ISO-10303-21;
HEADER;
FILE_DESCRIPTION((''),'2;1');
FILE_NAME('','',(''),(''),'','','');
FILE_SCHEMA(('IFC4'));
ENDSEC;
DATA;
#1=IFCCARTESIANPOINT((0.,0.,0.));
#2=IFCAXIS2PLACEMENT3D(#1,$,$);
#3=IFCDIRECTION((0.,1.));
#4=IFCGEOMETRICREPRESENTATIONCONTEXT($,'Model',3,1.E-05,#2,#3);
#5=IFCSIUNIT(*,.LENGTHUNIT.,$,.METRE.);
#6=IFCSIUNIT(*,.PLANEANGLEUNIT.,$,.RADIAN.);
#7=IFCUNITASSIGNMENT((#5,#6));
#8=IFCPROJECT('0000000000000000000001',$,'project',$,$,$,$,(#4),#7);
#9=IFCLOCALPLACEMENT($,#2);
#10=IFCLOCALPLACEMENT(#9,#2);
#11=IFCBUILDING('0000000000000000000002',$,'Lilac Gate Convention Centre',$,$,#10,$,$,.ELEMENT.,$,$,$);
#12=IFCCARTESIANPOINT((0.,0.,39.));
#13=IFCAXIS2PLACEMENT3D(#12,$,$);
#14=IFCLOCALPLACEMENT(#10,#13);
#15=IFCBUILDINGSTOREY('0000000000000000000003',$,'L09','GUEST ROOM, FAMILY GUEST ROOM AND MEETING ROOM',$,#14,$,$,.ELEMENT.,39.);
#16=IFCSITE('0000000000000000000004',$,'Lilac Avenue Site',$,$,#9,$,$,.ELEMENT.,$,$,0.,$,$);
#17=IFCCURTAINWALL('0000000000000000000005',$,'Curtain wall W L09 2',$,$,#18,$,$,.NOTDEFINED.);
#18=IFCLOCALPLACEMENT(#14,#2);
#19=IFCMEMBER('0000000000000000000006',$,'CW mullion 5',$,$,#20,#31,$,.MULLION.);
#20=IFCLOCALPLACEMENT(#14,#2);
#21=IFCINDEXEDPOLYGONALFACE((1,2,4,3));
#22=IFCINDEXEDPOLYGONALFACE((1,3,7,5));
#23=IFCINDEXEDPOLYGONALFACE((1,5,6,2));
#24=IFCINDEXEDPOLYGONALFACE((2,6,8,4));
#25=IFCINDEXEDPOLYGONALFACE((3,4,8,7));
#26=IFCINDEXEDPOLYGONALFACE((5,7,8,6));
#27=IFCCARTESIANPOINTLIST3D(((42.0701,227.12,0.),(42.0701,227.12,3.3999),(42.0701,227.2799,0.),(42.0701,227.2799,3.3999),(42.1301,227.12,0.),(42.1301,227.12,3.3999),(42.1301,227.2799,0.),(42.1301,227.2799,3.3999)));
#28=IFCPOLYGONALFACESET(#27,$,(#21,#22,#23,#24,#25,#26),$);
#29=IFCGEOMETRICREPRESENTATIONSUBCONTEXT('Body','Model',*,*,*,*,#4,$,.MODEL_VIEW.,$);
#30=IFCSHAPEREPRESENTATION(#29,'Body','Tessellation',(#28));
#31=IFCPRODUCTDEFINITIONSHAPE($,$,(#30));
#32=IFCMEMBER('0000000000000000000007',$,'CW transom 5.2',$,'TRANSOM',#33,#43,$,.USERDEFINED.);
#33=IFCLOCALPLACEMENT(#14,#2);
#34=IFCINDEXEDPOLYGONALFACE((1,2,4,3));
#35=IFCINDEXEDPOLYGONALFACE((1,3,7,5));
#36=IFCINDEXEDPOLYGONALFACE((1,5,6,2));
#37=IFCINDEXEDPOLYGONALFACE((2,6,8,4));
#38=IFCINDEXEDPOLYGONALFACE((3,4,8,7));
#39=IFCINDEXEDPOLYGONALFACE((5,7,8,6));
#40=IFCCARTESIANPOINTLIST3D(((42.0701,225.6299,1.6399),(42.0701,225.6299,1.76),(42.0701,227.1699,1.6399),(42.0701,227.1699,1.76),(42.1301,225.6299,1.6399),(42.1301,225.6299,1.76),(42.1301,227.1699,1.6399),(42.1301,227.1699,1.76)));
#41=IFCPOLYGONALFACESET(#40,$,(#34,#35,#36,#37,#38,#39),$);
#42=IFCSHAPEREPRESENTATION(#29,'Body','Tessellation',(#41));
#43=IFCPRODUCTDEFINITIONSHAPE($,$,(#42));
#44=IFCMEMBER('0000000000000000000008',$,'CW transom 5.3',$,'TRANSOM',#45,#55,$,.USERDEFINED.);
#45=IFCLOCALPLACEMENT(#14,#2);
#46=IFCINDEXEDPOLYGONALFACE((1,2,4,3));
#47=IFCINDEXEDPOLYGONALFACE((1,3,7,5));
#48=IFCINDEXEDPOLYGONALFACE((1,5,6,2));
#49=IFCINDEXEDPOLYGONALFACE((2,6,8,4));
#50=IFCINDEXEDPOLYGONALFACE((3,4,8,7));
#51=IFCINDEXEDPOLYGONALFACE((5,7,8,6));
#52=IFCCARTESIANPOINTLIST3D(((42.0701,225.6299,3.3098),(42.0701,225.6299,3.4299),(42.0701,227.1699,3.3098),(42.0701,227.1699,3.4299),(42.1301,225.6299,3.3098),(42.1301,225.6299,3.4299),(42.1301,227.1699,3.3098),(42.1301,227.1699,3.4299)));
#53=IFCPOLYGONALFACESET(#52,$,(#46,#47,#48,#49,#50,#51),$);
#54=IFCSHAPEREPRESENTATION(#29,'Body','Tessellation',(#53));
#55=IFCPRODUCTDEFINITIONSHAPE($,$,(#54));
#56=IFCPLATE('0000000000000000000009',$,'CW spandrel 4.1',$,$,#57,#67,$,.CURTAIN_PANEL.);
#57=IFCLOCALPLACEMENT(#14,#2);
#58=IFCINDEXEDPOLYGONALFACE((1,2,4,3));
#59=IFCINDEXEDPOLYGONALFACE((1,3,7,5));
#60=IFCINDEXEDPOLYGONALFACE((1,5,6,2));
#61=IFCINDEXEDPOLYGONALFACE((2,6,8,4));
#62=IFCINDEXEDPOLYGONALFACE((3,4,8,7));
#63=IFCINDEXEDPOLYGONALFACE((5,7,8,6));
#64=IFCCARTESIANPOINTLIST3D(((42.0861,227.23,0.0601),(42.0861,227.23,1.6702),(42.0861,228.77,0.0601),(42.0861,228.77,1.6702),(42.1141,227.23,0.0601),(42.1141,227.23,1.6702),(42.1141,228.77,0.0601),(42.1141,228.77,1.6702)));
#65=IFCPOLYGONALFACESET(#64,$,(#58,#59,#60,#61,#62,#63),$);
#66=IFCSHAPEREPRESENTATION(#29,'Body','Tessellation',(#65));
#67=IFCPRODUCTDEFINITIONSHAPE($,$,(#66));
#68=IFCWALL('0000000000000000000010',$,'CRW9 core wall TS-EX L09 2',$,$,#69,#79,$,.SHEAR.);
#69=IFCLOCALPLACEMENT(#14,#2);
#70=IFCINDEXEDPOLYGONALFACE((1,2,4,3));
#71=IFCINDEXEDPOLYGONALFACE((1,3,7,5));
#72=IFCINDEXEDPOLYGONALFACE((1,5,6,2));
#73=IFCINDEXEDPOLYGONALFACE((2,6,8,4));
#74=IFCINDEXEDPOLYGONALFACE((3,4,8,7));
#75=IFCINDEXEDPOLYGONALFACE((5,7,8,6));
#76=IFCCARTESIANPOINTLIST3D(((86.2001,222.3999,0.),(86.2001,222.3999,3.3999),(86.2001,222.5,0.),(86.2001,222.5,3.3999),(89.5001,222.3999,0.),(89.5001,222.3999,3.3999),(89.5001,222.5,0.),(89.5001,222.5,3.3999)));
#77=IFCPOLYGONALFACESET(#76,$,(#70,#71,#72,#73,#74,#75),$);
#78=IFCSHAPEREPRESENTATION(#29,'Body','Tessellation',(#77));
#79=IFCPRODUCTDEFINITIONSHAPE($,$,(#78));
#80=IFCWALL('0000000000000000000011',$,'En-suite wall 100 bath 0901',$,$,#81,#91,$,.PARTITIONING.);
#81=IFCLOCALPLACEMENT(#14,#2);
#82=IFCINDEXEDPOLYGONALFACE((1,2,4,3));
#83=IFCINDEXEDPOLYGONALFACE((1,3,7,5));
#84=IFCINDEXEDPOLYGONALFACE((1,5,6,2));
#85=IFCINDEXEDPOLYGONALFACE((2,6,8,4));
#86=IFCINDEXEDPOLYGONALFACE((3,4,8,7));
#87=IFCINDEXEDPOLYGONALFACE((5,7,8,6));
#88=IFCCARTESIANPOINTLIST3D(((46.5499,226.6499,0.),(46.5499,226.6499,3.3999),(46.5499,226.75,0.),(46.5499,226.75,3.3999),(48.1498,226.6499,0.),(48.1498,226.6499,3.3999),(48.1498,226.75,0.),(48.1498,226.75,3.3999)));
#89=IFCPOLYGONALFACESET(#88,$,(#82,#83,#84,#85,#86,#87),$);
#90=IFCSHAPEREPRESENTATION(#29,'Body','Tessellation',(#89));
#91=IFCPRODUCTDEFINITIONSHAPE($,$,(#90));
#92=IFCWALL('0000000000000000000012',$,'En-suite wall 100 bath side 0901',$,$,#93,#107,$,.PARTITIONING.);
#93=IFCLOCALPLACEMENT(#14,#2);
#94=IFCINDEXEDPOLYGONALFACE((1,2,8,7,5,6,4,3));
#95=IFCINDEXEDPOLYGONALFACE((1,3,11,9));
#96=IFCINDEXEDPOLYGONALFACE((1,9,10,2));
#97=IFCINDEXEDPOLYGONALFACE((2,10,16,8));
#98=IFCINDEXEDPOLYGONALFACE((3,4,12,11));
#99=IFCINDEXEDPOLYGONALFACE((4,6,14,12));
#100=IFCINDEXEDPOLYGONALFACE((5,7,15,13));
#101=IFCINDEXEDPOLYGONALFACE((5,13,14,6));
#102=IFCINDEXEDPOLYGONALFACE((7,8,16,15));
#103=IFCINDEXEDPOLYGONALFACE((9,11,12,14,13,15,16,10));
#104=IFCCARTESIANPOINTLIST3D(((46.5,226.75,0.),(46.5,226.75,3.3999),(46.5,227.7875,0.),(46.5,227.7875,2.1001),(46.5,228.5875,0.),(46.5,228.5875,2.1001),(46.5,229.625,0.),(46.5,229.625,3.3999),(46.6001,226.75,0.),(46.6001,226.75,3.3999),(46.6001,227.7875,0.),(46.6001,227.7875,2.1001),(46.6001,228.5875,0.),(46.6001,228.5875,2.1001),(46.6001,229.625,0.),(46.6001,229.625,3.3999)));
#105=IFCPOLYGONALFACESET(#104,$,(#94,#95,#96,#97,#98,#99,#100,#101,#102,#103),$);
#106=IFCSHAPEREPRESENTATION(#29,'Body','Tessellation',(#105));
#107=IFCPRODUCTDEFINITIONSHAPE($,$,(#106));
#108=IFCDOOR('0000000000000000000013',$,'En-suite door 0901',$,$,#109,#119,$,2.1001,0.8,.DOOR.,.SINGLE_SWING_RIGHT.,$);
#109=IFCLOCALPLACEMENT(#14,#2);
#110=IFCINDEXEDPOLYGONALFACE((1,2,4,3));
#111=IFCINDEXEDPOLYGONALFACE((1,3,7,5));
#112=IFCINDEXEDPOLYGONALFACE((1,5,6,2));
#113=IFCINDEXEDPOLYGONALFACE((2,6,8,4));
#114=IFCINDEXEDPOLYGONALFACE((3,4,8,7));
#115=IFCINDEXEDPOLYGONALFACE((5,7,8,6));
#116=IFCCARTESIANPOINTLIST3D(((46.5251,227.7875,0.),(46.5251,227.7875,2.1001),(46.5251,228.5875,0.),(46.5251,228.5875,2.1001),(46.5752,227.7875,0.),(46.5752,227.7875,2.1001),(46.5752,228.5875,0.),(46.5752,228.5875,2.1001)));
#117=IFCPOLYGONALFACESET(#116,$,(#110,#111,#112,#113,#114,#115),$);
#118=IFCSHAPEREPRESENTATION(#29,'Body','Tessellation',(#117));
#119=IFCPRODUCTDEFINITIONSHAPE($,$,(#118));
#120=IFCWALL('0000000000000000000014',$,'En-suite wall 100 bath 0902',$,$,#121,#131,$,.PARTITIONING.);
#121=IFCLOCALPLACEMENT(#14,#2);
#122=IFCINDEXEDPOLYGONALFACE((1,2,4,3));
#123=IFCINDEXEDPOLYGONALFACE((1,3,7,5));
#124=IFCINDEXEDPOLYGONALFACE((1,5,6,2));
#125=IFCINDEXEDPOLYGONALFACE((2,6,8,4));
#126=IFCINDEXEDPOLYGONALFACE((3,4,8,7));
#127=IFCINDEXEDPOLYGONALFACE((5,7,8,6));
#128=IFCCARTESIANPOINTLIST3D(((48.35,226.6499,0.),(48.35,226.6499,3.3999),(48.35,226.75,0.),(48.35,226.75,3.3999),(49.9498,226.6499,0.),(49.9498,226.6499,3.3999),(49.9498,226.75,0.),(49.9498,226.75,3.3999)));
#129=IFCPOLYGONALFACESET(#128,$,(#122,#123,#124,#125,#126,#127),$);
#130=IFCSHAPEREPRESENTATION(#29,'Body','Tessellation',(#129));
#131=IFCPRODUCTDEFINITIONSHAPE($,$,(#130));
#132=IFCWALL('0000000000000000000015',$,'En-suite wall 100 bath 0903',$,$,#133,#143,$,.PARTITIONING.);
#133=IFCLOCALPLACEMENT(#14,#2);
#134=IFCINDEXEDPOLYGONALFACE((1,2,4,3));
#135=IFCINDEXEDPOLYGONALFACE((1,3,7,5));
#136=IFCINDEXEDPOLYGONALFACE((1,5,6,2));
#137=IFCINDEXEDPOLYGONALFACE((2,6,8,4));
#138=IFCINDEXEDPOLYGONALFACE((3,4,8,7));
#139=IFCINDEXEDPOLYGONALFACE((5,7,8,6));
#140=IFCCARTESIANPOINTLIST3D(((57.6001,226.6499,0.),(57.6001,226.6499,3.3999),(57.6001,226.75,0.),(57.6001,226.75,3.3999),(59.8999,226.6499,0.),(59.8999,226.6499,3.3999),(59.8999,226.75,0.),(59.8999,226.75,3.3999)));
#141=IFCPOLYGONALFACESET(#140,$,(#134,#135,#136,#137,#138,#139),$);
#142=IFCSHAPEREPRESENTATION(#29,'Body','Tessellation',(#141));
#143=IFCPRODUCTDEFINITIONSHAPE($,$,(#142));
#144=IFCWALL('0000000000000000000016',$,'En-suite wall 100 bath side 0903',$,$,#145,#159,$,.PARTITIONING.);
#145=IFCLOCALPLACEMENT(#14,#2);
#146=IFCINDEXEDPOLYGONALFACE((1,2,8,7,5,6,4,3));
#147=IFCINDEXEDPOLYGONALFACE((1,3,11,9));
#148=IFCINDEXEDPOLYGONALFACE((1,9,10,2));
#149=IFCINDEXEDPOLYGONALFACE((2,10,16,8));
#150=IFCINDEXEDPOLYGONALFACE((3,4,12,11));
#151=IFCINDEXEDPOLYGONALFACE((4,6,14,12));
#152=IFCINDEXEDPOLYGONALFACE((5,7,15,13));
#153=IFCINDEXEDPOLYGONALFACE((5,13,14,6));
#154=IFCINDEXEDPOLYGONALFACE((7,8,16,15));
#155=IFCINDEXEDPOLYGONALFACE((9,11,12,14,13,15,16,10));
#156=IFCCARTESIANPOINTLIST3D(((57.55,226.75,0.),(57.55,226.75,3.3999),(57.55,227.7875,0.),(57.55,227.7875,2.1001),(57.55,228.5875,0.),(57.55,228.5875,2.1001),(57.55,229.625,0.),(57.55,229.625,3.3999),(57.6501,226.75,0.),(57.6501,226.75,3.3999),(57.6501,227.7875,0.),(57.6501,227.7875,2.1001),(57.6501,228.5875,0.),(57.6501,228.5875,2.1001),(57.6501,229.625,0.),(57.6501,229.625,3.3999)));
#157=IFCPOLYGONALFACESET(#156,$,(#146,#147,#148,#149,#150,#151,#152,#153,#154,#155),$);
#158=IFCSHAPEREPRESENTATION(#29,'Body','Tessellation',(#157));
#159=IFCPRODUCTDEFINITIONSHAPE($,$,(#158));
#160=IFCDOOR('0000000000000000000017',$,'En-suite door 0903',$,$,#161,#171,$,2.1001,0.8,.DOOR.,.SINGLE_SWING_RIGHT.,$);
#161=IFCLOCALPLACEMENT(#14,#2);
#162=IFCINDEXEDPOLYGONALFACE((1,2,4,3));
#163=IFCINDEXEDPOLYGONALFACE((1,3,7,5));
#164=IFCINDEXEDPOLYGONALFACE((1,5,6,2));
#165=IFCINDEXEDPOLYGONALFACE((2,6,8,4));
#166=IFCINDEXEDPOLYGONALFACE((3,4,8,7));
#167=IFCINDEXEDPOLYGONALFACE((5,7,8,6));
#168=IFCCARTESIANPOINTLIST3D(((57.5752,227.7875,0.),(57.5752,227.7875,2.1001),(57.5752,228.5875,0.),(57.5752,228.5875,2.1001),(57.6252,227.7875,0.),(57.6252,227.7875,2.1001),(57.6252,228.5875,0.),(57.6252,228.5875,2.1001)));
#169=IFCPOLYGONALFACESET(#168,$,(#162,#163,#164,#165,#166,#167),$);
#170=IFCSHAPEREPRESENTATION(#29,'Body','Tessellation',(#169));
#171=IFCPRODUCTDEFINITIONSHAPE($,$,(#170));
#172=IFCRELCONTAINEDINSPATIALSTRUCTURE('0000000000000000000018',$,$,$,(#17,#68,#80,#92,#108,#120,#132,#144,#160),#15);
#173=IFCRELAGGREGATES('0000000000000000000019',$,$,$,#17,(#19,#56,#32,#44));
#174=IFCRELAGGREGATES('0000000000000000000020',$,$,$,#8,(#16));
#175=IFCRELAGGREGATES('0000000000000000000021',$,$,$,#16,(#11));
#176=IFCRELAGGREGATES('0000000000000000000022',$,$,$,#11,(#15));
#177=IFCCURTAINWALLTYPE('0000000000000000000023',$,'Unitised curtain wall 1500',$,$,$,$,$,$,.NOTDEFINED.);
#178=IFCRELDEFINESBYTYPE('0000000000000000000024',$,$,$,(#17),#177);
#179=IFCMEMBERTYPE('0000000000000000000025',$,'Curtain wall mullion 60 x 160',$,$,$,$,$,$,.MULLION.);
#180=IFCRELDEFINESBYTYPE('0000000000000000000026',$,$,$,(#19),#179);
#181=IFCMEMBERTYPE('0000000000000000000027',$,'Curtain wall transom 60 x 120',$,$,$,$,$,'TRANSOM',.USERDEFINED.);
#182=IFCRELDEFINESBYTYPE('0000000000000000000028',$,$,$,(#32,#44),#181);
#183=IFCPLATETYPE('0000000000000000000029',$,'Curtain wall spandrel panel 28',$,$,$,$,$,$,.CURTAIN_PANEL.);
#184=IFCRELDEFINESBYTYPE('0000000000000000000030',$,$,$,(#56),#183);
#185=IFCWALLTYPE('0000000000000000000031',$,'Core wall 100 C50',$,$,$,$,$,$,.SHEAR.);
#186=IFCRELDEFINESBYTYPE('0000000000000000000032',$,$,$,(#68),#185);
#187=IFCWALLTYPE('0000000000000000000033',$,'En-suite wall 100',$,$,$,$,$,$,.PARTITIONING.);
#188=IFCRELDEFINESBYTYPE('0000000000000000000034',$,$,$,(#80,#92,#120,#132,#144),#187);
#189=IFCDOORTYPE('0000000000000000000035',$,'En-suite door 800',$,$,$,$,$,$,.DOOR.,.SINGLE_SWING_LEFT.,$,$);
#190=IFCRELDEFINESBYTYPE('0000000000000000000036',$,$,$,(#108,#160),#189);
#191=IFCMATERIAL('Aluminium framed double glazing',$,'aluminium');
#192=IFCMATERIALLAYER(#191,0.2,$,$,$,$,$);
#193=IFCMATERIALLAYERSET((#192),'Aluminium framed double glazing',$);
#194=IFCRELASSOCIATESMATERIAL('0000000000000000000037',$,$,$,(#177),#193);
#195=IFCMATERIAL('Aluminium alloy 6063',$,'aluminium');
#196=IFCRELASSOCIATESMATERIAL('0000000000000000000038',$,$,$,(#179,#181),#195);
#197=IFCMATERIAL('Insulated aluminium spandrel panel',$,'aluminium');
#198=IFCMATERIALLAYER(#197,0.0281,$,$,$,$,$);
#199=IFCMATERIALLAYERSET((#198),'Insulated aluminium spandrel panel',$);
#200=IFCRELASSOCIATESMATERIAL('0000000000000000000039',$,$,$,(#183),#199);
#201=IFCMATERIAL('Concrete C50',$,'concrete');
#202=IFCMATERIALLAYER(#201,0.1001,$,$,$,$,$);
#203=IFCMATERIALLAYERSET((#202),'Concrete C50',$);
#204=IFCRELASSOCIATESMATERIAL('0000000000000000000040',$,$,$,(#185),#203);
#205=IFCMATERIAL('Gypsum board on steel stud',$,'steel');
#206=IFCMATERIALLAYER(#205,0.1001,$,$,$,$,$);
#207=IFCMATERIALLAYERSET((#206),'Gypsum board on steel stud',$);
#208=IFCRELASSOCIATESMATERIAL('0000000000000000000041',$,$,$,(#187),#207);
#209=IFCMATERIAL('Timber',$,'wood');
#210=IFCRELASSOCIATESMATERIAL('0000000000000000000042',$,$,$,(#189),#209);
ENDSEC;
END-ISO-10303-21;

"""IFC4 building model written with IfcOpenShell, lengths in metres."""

from ifc_helpers import new_model, si_unit, direction, frame, frame_2d, origin, origin_2d, place, context, subcontext, project, spatial, rectangle, extrude, material, layer, layer_set, material_profile, profile_set, type_object, element, fill, aggregate, save


model = new_model("IFC4")

# Units and contexts
model_context = context("Model", 3, precision=1e-05, world=origin(), true_north=direction((0.0, 1.0)))
body_context = subcontext(model_context, "Body", "Model", "MODEL_VIEW")
ifc_project = project(units=[si_unit("LENGTHUNIT", "METRE"), si_unit("PLANEANGLEUNIT", "RADIAN")], contexts=[model_context])

# Site, building, storey
site_placement = place(None, origin())
site = spatial("IfcSite", under=ifc_project, at=site_placement, Name="Lilac Avenue Site", CompositionType="ELEMENT", RefElevation=0.0)
building_placement = place(site_placement, origin())
building = spatial("IfcBuilding", under=site, at=building_placement, Name="Lilac Gate Convention Centre", CompositionType="ELEMENT")
storey_placement = place(building_placement, frame((0.0, 0.0, 39.0)))
storey = spatial("IfcBuildingStorey", under=building, at=storey_placement, Name="L09", Description="GUEST ROOM, FAMILY GUEST ROOM AND MEETING ROOM", CompositionType="ELEMENT", Elevation=39.0)

# Curtain wall, members, plate
ifc_material_1 = material(Name="Aluminium framed double glazing", Category="aluminium")
ifc_layer_1 = layer(ifc_material_1, 0.2)
ifc_layer_set_1 = layer_set([ifc_layer_1], Name="Aluminium framed double glazing")
curtain_wall_type = type_object("IfcCurtainWallType", Name="Unitised curtain wall 1500", PredefinedType="NOTDEFINED", material=ifc_layer_set_1)
curtain_wall_placement = place(storey_placement, origin())
curtain_wall = element("IfcCurtainWall", 1, at=curtain_wall_placement, inside=storey, type_object=curtain_wall_type, Name="Curtain wall W L09 2", PredefinedType="NOTDEFINED")
ifc_material_2 = material(Name="Aluminium alloy 6063", Category="aluminium")
ifc_material_profile_1 = material_profile(ifc_material_2, rectangle(XDim=0.0601, YDim=0.1599, at=origin_2d()), Name="Curtain wall mullion 60 x 160")
ifc_profile_set_1 = profile_set([ifc_material_profile_1], Name="Aluminium alloy 6063")
member_type_1 = type_object("IfcMemberType", Name="Curtain wall mullion 60 x 160", PredefinedType="MULLION", material=ifc_profile_set_1)
member_1_placement = place(storey_placement, frame((42.1001, 227.2, 0.0), z_axis=(0.0, 0.0, 1.0), x_axis=(1.0, 0.0, 0.0)))
member_1 = element("IfcMember", 2, at=member_1_placement, type_object=member_type_1, Name="CW mullion 5", PredefinedType="MULLION", context=body_context, shape_type="SweptSolid", body=[
    extrude(rectangle(XDim=0.0601, YDim=0.1599, at=origin_2d()), origin(), (0.0, 0.0, 1.0), 3.3999),
])
ifc_material_profile_2 = material_profile(ifc_material_2, rectangle(XDim=0.0601, YDim=0.1201, at=origin_2d()), Name="Curtain wall transom 60 x 120")
ifc_profile_set_2 = profile_set([ifc_material_profile_2], Name="Aluminium alloy 6063")
member_type_2 = type_object("IfcMemberType", Name="Curtain wall transom 60 x 120", ElementType="TRANSOM", PredefinedType="USERDEFINED", material=ifc_profile_set_2)
member_2_placement = place(storey_placement, frame((42.1001, 227.1699, 1.7), z_axis=(0.0, -1.0, 0.0), x_axis=(1.0, 0.0, 0.0)))
member_2 = element("IfcMember", 3, at=member_2_placement, type_object=member_type_2, Name="CW transom 5.2", ObjectType="TRANSOM", PredefinedType="USERDEFINED", context=body_context, shape_type="SweptSolid", body=[
    extrude(rectangle(XDim=0.0601, YDim=0.1201, at=origin_2d()), origin(), (0.0, 0.0, 1.0), 1.54),
])
member_3_placement = place(storey_placement, frame((42.1001, 227.1699, 3.3699), z_axis=(0.0, -1.0, 0.0), x_axis=(1.0, 0.0, 0.0)))
member_3 = element("IfcMember", 4, at=member_3_placement, type_object=member_type_2, Name="CW transom 5.3", ObjectType="TRANSOM", PredefinedType="USERDEFINED", context=body_context, shape_type="SweptSolid", body=[
    extrude(rectangle(XDim=0.0601, YDim=0.1201, at=origin_2d()), origin(), (0.0, 0.0, 1.0), 1.54),
])
ifc_material_3 = material(Name="Insulated aluminium spandrel panel", Category="aluminium")
ifc_layer_2 = layer(ifc_material_3, 0.0281)
ifc_layer_set_2 = layer_set([ifc_layer_2], Name="Insulated aluminium spandrel panel")
plate_type = type_object("IfcPlateType", Name="Curtain wall spandrel panel 28", PredefinedType="CURTAIN_PANEL", material=ifc_layer_set_2)
plate_placement = place(storey_placement, frame((42.1001, 228.0, 0.0601), z_axis=(0.0, 0.0, 1.0), x_axis=(0.0, -1.0, 0.0)))
plate = element("IfcPlate", 5, at=plate_placement, type_object=plate_type, Name="CW spandrel 4.1", PredefinedType="CURTAIN_PANEL", context=body_context, shape_type="SweptSolid", body=[
    extrude(rectangle(XDim=1.54, YDim=0.0281, at=origin_2d()), origin(), (0.0, 0.0, 1.0), 1.6101),
])
aggregate(curtain_wall, [member_1, plate, member_2, member_3])

# Walls
ifc_material_4 = material(Name="Concrete C50", Category="concrete")
ifc_layer_3 = layer(ifc_material_4, 0.1001)
ifc_layer_set_3 = layer_set([ifc_layer_3], Name="Concrete C50")
wall_type_1 = type_object("IfcWallType", Name="Core wall 100 C50", PredefinedType="SHEAR", material=ifc_layer_set_3)
wall_1_placement = place(storey_placement, frame((89.5, 222.45, 0.0), z_axis=(0.0, 0.0, 1.0), x_axis=(-1.0, 0.0, 0.0)))
element("IfcWall", 6, at=wall_1_placement, inside=storey, type_object=wall_type_1, Name="CRW9 core wall TS-EX L09 2", PredefinedType="SHEAR", context=body_context, shape_type="SweptSolid", body=[
    extrude(rectangle(XDim=3.3, YDim=0.1001, at=frame_2d((1.6499, 0.0))), origin(), (0.0, 0.0, 1.0), 3.3999),
])
ifc_material_5 = material(Name="Gypsum board on steel stud", Category="steel")
ifc_layer_4 = layer(ifc_material_5, 0.1001)
ifc_layer_set_4 = layer_set([ifc_layer_4], Name="Gypsum board on steel stud")
wall_type_2 = type_object("IfcWallType", Name="En-suite wall 100", PredefinedType="PARTITIONING", material=ifc_layer_set_4)
wall_2_placement = place(storey_placement, frame((46.55, 226.7, 0.0), z_axis=(0.0, 0.0, 1.0), x_axis=(1.0, 0.0, 0.0)))
element("IfcWall", 7, at=wall_2_placement, inside=storey, type_object=wall_type_2, Name="En-suite wall 100 bath 0901", PredefinedType="PARTITIONING", context=body_context, shape_type="SweptSolid", body=[
    extrude(rectangle(XDim=1.5999, YDim=0.1001, at=frame_2d((0.7998, 0.0))), origin(), (0.0, 0.0, 1.0), 3.3999),
])

# Wall, opening, door
wall_3_placement = place(storey_placement, frame((46.55, 226.75, 0.0), z_axis=(0.0, 0.0, 1.0), x_axis=(0.0, 1.0, 0.0)))
wall_3 = element("IfcWall", 8, at=wall_3_placement, inside=storey, type_object=wall_type_2, Name="En-suite wall 100 bath side 0901", PredefinedType="PARTITIONING", context=body_context, shape_type="SweptSolid", body=[
    extrude(rectangle(XDim=2.875, YDim=0.1001, at=frame_2d((1.4375, 0.0))), origin(), (0.0, 0.0, 1.0), 3.3999),
])
opening_1_placement = place(wall_3_placement, frame((1.0376, 0.0, 0.0)))
opening_1 = element("IfcOpeningElement", 9, at=opening_1_placement, cuts=wall_3, PredefinedType="OPENING", context=body_context, shape_type="SweptSolid", body=[
    extrude(rectangle(XDim=0.8, YDim=2.1001, at=frame_2d((0.3999, 1.05))), frame((0.0, 0.0601, 0.0), z_axis=(0.0, -1.0, 0.0), x_axis=(1.0, 0.0, 0.0)), (0.0, 0.0, 1.0), 0.1201),
])
ifc_material_6 = material(Name="Timber", Category="wood")
door_type = type_object("IfcDoorType", Name="En-suite door 800", OperationType="SINGLE_SWING_LEFT", PredefinedType="DOOR", material=ifc_material_6)
door_1_placement = place(opening_1_placement, origin())
door_1 = element("IfcDoor", 10, at=door_1_placement, inside=storey, type_object=door_type, Name="En-suite door 0901", OperationType="SINGLE_SWING_RIGHT", OverallHeight=2.1001, OverallWidth=0.8, PredefinedType="DOOR", context=body_context, shape_type="SweptSolid", body=[
    extrude(rectangle(XDim=0.8, YDim=2.1001, at=frame_2d((0.3999, 1.05))), frame((0.0, 0.0249, 0.0), z_axis=(0.0, -1.0, 0.0), x_axis=(1.0, 0.0, 0.0)), (0.0, 0.0, 1.0), 0.05),
])
fill(opening_1, door_1)

# Walls
wall_4_placement = place(storey_placement, frame((48.3501, 226.7, 0.0), z_axis=(0.0, 0.0, 1.0), x_axis=(1.0, 0.0, 0.0)))
element("IfcWall", 11, at=wall_4_placement, inside=storey, type_object=wall_type_2, Name="En-suite wall 100 bath 0902", PredefinedType="PARTITIONING", context=body_context, shape_type="SweptSolid", body=[
    extrude(rectangle(XDim=1.5999, YDim=0.1001, at=frame_2d((0.7998, 0.0))), origin(), (0.0, 0.0, 1.0), 3.3999),
])
wall_5_placement = place(storey_placement, frame((57.6001, 226.7, 0.0), z_axis=(0.0, 0.0, 1.0), x_axis=(1.0, 0.0, 0.0)))
element("IfcWall", 12, at=wall_5_placement, inside=storey, type_object=wall_type_2, Name="En-suite wall 100 bath 0903", PredefinedType="PARTITIONING", context=body_context, shape_type="SweptSolid", body=[
    extrude(rectangle(XDim=2.2998, YDim=0.1001, at=frame_2d((1.1499, 0.0))), origin(), (0.0, 0.0, 1.0), 3.3999),
])

# Wall, opening, door
wall_6_placement = place(storey_placement, frame((57.6001, 226.75, 0.0), z_axis=(0.0, 0.0, 1.0), x_axis=(0.0, 1.0, 0.0)))
wall_6 = element("IfcWall", 13, at=wall_6_placement, inside=storey, type_object=wall_type_2, Name="En-suite wall 100 bath side 0903", PredefinedType="PARTITIONING", context=body_context, shape_type="SweptSolid", body=[
    extrude(rectangle(XDim=2.875, YDim=0.1001, at=frame_2d((1.4375, 0.0))), origin(), (0.0, 0.0, 1.0), 3.3999),
])
opening_2_placement = place(wall_6_placement, frame((1.0376, 0.0, 0.0)))
opening_2 = element("IfcOpeningElement", 14, at=opening_2_placement, cuts=wall_6, PredefinedType="OPENING", context=body_context, shape_type="SweptSolid", body=[
    extrude(rectangle(XDim=0.8, YDim=2.1001, at=frame_2d((0.3999, 1.05))), frame((0.0, 0.0601, 0.0), z_axis=(0.0, -1.0, 0.0), x_axis=(1.0, 0.0, 0.0)), (0.0, 0.0, 1.0), 0.1201),
])
door_2_placement = place(opening_2_placement, origin())
door_2 = element("IfcDoor", 15, at=door_2_placement, inside=storey, type_object=door_type, Name="En-suite door 0903", OperationType="SINGLE_SWING_RIGHT", OverallHeight=2.1001, OverallWidth=0.8, PredefinedType="DOOR", context=body_context, shape_type="SweptSolid", body=[
    extrude(rectangle(XDim=0.8, YDim=2.1001, at=frame_2d((0.3999, 1.05))), frame((0.0, 0.0249, 0.0), z_axis=(0.0, -1.0, 0.0), x_axis=(1.0, 0.0, 0.0)), (0.0, 0.0, 1.0), 0.05),
])
fill(opening_2, door_2)

save(model, "model.ifc")
